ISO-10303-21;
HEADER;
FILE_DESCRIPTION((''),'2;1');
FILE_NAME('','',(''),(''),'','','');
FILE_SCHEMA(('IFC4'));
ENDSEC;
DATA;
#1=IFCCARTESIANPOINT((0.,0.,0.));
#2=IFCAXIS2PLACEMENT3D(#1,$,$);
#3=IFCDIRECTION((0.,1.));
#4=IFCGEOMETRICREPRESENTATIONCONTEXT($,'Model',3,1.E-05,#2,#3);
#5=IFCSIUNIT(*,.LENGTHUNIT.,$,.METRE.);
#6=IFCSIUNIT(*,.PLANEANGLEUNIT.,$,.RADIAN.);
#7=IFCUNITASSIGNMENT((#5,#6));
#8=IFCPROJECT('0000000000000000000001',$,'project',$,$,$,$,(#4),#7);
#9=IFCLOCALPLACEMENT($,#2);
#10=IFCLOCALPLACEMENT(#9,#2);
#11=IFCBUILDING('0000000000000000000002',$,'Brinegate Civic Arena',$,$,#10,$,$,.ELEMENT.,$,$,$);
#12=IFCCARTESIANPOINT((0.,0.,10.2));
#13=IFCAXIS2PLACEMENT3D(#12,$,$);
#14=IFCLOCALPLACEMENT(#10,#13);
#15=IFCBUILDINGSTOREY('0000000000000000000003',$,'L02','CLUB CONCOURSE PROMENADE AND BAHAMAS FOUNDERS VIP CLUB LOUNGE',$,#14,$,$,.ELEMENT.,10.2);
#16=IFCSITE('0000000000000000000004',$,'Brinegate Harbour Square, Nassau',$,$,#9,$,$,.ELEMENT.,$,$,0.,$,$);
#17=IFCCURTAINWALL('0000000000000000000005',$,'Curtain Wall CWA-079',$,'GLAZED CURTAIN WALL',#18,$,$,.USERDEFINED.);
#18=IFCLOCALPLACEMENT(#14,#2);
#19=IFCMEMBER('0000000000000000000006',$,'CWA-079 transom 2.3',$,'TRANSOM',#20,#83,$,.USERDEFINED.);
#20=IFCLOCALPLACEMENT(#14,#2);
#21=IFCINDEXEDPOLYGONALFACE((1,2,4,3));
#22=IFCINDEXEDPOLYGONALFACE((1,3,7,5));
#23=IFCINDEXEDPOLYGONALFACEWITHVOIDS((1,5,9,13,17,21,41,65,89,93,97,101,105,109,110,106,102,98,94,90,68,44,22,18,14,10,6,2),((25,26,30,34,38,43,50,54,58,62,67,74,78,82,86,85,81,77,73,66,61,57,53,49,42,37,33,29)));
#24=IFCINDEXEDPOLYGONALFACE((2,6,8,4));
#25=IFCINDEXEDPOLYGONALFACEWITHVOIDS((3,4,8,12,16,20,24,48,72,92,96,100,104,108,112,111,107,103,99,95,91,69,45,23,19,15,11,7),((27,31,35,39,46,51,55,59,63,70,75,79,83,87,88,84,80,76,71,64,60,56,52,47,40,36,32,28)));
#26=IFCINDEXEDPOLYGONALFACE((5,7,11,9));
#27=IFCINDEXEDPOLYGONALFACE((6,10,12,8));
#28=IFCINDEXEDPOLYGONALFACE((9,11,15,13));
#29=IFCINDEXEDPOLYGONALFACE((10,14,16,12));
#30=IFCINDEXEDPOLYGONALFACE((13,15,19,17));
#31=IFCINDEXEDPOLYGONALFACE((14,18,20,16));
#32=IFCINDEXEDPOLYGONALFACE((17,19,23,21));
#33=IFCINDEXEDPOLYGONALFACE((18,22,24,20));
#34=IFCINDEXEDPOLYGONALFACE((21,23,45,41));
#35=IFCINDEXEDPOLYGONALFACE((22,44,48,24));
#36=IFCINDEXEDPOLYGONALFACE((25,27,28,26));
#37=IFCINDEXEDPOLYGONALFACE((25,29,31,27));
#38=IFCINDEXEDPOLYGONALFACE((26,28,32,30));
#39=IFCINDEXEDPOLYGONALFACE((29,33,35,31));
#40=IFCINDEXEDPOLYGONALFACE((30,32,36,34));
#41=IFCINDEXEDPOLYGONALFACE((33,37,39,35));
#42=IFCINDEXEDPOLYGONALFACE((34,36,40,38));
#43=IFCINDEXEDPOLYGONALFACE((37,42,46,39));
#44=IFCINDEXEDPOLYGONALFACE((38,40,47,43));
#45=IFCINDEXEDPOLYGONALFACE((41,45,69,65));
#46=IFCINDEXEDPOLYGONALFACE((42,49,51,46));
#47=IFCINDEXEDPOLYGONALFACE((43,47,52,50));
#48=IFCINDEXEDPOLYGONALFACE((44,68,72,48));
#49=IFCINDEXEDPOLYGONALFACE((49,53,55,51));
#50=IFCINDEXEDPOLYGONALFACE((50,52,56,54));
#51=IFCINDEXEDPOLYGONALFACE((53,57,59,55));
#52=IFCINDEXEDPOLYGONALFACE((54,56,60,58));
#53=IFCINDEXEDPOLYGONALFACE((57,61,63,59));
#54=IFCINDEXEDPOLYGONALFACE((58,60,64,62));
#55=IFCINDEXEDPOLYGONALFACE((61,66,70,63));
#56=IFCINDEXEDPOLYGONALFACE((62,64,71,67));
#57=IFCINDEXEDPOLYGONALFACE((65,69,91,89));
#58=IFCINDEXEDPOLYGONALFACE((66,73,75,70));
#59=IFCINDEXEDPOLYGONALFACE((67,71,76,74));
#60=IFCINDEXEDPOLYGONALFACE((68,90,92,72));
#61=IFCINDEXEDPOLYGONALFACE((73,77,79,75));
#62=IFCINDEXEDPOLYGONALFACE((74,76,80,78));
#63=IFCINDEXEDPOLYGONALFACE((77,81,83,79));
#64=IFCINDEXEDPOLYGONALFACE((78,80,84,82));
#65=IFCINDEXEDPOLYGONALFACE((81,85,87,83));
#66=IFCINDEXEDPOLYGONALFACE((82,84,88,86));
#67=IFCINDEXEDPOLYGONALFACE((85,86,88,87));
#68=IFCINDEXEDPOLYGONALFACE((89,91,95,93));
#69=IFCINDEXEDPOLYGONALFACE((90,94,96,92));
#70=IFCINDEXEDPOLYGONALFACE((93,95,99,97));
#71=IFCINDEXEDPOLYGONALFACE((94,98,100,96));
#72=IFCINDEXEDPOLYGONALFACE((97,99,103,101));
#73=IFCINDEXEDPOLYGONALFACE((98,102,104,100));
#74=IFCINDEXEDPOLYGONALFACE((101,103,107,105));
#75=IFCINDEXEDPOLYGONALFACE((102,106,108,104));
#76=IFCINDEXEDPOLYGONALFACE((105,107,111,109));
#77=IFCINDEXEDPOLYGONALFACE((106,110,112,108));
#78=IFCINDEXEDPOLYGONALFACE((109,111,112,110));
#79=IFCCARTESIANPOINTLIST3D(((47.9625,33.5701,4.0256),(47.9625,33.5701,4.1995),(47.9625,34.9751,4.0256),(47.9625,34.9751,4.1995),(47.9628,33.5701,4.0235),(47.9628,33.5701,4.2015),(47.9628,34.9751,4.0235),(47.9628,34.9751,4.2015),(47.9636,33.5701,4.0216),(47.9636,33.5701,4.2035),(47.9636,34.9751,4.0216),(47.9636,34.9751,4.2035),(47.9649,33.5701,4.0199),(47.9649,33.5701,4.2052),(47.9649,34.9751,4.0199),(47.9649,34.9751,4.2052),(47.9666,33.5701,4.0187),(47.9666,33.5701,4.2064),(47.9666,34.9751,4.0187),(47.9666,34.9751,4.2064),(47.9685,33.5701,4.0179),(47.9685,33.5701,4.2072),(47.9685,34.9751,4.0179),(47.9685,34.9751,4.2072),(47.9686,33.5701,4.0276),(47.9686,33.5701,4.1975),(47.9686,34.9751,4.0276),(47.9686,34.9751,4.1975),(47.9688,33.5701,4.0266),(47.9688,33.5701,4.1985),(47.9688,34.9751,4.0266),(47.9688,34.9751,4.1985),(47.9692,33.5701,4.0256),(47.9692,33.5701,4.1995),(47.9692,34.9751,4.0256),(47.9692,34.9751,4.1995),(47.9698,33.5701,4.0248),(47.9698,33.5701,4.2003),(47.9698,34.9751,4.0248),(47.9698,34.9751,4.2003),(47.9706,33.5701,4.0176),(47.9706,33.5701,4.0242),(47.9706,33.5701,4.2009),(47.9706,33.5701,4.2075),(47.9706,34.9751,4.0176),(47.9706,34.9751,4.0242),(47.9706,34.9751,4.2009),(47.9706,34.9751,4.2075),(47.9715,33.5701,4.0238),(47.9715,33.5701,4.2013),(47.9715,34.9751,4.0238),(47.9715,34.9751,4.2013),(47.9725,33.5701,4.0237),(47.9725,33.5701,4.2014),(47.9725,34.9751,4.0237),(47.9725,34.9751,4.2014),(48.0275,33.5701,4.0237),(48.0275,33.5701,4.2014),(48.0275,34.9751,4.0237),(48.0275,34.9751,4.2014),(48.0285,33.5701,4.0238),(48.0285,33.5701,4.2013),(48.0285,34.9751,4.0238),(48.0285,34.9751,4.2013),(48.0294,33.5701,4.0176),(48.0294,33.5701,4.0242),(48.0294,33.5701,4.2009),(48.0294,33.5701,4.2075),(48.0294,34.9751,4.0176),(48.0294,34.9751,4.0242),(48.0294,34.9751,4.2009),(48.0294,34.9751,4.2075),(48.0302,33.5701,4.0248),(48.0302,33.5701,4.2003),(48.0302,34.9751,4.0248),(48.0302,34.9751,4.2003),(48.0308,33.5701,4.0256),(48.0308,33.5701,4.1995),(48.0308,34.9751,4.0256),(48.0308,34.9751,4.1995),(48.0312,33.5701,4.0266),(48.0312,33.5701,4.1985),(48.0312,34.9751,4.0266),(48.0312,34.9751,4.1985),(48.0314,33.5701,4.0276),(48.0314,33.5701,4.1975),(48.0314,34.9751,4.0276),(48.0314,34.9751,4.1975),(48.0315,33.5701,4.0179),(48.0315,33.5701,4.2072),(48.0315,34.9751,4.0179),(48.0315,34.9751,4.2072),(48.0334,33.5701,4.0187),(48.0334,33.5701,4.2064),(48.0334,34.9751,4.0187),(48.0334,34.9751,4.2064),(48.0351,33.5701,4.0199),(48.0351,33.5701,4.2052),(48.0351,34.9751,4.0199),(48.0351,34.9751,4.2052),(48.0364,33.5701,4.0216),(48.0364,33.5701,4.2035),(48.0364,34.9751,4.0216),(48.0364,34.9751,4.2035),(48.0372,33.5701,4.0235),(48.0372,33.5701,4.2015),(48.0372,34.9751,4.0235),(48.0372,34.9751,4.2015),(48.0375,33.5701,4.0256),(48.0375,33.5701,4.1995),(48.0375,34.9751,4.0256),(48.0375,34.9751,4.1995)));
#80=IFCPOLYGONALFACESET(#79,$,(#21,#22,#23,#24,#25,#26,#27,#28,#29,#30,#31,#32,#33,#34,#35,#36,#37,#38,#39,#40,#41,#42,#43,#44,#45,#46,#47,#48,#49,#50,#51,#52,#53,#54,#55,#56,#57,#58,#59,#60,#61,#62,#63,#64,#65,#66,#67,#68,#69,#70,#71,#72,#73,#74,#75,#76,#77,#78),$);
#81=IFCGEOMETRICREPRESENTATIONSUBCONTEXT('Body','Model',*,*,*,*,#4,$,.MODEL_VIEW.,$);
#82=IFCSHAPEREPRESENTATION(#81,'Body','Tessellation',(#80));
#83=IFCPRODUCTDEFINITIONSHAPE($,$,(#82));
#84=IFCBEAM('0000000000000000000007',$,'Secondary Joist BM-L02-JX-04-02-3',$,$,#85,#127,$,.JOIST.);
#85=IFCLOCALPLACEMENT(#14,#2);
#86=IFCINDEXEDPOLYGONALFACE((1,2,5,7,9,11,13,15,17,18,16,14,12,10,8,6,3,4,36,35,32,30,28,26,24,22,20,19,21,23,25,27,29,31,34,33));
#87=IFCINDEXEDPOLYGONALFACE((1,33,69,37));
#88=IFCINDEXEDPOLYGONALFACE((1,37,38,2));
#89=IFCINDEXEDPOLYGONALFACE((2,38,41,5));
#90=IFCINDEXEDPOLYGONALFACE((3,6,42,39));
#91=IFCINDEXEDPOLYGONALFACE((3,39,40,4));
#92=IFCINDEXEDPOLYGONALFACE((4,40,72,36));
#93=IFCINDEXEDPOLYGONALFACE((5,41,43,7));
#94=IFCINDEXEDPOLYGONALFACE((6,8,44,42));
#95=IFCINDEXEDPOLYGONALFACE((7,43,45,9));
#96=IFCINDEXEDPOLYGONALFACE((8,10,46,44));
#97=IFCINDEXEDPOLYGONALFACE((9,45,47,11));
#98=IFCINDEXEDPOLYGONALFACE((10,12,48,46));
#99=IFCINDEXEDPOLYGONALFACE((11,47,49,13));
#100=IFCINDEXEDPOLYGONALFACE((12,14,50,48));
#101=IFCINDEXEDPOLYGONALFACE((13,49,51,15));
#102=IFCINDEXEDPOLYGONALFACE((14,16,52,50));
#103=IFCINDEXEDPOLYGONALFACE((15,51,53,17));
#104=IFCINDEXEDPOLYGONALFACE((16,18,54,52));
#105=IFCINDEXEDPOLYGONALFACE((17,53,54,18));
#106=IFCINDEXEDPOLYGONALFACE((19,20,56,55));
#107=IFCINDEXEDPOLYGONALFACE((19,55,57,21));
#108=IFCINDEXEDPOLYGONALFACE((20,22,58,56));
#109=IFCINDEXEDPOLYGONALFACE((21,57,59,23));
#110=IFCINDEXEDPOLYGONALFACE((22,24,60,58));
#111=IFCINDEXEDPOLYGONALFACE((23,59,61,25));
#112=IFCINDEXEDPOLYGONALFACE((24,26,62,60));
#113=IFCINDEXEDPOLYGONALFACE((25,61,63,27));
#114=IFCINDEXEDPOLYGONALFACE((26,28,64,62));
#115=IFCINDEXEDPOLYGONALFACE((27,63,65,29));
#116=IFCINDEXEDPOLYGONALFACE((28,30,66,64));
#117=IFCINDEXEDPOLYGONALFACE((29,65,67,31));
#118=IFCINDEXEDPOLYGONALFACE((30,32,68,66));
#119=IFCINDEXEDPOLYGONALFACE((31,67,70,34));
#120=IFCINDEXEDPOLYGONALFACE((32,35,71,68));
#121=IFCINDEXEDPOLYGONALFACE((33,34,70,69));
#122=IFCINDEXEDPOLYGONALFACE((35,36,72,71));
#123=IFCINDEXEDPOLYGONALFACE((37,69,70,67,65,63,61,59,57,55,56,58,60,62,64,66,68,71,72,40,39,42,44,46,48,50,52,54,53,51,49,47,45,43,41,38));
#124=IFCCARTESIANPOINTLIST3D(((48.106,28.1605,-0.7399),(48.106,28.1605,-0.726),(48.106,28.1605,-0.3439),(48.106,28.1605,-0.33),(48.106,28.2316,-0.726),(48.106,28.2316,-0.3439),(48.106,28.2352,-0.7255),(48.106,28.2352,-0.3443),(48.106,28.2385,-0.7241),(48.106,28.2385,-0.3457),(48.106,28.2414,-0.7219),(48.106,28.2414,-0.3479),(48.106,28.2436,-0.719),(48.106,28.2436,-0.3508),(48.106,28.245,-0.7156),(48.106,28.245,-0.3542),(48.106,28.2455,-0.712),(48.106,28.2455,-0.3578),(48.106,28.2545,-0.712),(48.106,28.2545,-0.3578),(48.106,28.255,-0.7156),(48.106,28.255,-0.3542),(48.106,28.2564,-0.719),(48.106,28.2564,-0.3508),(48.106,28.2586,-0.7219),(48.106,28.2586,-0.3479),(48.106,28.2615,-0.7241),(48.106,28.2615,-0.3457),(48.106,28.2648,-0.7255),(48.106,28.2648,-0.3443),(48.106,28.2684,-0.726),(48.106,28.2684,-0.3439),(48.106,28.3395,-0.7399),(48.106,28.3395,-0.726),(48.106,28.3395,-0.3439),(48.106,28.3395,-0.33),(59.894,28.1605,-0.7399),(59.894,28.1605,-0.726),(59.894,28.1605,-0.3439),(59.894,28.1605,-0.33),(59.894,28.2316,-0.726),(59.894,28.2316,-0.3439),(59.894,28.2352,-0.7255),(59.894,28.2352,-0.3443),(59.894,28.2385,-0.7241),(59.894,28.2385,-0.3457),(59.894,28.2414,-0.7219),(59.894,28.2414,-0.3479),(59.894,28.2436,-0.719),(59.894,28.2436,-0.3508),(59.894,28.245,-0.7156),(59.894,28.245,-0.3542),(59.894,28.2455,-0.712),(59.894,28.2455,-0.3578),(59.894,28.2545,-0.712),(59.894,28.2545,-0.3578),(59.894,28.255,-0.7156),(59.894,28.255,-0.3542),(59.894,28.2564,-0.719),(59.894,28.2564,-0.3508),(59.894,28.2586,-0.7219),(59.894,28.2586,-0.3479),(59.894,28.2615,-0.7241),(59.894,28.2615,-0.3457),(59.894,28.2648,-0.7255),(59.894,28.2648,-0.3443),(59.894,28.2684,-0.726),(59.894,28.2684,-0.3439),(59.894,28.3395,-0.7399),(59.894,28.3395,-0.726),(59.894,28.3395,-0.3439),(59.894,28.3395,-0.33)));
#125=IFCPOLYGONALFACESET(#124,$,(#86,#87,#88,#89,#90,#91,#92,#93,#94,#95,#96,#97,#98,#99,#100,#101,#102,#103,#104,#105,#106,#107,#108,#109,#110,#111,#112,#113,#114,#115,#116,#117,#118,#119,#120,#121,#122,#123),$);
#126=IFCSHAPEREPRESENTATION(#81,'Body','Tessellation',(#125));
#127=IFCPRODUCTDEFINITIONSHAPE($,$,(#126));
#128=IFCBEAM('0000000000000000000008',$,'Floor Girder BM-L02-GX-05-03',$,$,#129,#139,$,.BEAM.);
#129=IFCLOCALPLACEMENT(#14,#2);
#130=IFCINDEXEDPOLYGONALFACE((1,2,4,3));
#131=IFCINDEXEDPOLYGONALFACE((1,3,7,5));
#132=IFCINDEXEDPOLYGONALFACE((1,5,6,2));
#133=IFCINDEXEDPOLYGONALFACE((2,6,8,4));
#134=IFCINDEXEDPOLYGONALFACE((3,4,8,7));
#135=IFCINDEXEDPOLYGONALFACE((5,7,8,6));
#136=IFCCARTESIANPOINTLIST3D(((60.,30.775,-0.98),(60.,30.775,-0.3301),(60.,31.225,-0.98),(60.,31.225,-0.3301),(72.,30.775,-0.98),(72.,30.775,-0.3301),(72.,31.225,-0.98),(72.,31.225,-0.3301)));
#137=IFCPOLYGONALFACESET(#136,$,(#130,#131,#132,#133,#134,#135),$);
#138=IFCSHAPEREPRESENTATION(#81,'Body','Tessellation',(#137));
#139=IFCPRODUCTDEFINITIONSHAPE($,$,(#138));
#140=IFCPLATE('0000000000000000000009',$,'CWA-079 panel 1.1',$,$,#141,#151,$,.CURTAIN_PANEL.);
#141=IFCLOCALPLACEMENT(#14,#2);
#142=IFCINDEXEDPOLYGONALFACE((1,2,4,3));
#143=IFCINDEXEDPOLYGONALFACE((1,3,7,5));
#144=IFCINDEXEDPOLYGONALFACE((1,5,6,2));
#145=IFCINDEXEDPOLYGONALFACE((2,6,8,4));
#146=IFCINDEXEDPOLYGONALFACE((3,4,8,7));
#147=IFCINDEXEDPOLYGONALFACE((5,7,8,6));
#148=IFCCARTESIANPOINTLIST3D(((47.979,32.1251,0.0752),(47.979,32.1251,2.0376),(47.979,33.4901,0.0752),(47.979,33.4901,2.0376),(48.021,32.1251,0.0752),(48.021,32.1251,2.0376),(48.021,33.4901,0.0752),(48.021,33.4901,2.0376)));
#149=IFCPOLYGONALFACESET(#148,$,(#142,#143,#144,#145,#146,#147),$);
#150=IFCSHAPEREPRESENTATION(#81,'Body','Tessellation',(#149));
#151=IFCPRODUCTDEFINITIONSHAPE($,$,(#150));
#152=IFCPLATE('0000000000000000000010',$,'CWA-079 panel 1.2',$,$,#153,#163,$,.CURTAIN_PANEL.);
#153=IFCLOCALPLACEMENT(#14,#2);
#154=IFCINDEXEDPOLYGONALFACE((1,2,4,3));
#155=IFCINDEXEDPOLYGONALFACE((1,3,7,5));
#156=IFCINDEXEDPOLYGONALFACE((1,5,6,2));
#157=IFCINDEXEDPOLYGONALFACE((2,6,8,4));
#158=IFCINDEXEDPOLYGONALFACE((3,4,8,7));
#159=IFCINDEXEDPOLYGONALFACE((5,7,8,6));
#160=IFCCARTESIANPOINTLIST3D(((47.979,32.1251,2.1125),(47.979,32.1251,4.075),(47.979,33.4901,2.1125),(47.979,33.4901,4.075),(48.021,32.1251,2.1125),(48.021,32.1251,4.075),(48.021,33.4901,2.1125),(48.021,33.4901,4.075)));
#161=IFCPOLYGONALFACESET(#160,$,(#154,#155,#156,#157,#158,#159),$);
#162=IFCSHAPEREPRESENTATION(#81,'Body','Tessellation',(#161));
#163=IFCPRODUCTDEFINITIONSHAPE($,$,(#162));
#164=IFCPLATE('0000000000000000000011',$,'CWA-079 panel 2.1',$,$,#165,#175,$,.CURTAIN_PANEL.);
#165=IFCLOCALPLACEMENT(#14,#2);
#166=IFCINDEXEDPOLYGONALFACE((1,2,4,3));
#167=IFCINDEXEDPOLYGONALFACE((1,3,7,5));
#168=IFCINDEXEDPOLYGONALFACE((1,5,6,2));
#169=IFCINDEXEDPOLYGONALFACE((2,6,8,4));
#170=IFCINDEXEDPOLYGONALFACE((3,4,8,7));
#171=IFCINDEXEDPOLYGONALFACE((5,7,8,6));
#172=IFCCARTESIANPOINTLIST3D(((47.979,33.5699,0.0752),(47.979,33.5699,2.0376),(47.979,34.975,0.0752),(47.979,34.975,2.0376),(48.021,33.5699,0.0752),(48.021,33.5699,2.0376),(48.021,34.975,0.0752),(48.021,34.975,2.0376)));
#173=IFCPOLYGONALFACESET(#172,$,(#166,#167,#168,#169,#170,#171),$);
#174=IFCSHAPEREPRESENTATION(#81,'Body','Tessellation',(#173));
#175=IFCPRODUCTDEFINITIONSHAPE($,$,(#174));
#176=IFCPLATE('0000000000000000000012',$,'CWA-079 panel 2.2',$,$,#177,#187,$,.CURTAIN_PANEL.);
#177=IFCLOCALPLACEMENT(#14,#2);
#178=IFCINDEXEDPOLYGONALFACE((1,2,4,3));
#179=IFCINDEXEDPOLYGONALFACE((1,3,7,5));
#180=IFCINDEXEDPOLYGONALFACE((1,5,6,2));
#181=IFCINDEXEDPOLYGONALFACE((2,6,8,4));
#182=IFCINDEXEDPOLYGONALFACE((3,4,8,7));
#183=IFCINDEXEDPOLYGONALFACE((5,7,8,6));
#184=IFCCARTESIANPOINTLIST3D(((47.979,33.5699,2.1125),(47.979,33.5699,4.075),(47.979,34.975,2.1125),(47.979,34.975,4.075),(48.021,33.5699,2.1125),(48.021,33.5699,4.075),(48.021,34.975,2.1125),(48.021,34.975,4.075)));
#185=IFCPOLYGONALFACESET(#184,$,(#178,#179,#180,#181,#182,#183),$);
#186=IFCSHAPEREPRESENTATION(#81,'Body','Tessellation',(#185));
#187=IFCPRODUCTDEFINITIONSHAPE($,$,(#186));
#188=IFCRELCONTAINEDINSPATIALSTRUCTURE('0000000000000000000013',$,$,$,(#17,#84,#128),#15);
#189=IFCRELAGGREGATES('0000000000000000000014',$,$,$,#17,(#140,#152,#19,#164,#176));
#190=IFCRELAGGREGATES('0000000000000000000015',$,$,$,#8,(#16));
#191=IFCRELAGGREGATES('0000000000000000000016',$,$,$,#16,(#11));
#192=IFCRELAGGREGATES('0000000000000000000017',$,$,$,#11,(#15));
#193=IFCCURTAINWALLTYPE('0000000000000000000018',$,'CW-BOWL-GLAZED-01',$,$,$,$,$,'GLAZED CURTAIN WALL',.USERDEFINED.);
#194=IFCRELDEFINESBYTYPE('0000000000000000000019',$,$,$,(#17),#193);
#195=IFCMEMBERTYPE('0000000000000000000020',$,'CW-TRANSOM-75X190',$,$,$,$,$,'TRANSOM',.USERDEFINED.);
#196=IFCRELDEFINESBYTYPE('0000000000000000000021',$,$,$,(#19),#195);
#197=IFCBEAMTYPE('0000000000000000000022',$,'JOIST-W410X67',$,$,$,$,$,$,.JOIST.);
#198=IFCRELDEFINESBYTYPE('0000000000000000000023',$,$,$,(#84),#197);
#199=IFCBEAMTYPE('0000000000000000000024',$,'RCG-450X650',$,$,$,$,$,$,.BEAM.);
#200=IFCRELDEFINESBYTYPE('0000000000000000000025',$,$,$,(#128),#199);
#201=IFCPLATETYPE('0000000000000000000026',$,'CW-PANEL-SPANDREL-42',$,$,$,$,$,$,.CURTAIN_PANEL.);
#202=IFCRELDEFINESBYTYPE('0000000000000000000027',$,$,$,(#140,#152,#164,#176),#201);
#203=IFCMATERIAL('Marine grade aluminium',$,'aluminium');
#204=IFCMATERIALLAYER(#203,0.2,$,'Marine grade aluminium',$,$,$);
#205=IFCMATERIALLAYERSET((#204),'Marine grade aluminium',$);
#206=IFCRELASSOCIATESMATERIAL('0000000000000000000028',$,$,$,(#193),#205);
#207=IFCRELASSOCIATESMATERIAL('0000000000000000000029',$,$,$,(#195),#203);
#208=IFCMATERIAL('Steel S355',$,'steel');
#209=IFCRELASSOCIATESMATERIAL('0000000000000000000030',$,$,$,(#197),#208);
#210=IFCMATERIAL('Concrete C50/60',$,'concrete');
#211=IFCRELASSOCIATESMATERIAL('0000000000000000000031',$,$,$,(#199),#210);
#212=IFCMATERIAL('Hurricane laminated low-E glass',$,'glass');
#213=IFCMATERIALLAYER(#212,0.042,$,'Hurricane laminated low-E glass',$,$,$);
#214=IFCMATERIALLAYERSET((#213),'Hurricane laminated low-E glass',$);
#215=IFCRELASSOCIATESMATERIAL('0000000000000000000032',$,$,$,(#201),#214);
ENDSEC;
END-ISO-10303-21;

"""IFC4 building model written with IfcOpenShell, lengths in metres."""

from ifc_helpers import new_model, si_unit, direction, frame, origin, origin_2d, place, context, subcontext, project, spatial, rectangle, hollow_rectangle, i_section, extrude, material, layer, layer_set, material_profile, profile_set, type_object, element, aggregate, save


model = new_model("IFC4")

# Units and contexts
model_context = context("Model", 3, precision=1e-05, world=origin(), true_north=direction((0.0, 1.0)))
body_context = subcontext(model_context, "Body", "Model", "MODEL_VIEW")
ifc_project = project(units=[si_unit("LENGTHUNIT", "METRE"), si_unit("PLANEANGLEUNIT", "RADIAN")], contexts=[model_context])

# Site, building, storey
site_placement = place(None, origin())
site = spatial("IfcSite", under=ifc_project, at=site_placement, Name="Brinegate Harbour Square, Nassau", CompositionType="ELEMENT", RefElevation=0.0)
building_placement = place(site_placement, origin())
building = spatial("IfcBuilding", under=site, at=building_placement, Name="Brinegate Civic Arena", CompositionType="ELEMENT")
storey_placement = place(building_placement, frame((0.0, 0.0, 10.2)))
storey = spatial("IfcBuildingStorey", under=building, at=storey_placement, Name="L02", Description="CLUB CONCOURSE PROMENADE AND BAHAMAS FOUNDERS VIP CLUB LOUNGE", CompositionType="ELEMENT", Elevation=10.2)

# Shared definitions
ifc_material_1 = material(Name="Concrete C50/60", Category="concrete")

# Curtain wall, member
ifc_material_2 = material(Name="Marine grade aluminium", Category="aluminium")
ifc_layer_1 = layer(ifc_material_2, 0.2, Name="Marine grade aluminium")
ifc_layer_set_1 = layer_set([ifc_layer_1], Name="Marine grade aluminium")
curtain_wall_type = type_object("IfcCurtainWallType", Name="CW-BOWL-GLAZED-01", ElementType="GLAZED CURTAIN WALL", PredefinedType="USERDEFINED", material=ifc_layer_set_1)
curtain_wall_placement = place(storey_placement, origin())
curtain_wall = element("IfcCurtainWall", 1, at=curtain_wall_placement, inside=storey, type_object=curtain_wall_type, Name="Curtain Wall CWA-079", ObjectType="GLAZED CURTAIN WALL", PredefinedType="USERDEFINED")
ifc_material_profile_1 = material_profile(ifc_material_2, hollow_rectangle(XDim=0.075, YDim=0.1899, WallThickness=0.0061, InnerFilletRadius=0.0039, OuterFilletRadius=0.0081, at=origin_2d()), Name="TRN75X190")
ifc_profile_set_1 = profile_set([ifc_material_profile_1], Name="Marine grade aluminium")
member_type_1 = type_object("IfcMemberType", Name="CW-TRANSOM-75X190", ElementType="TRANSOM", PredefinedType="USERDEFINED", material=ifc_profile_set_1)
member_1_placement = place(storey_placement, frame((48.0, 33.5701, 4.1125), z_axis=(0.0, 1.0, 0.0), x_axis=(-1.0, 0.0, 0.0)))
member_1 = element("IfcMember", 2, at=member_1_placement, type_object=member_type_1, Name="CWA-079 transom 2.3", ObjectType="TRANSOM", PredefinedType="USERDEFINED", context=body_context, shape_type="SweptSolid", body=[
    extrude(hollow_rectangle(XDim=0.075, YDim=0.1899, WallThickness=0.0061, InnerFilletRadius=0.0039, OuterFilletRadius=0.0081, at=origin_2d()), origin(), (0.0, 0.0, 1.0), 1.405),
])

# Beams
ifc_material_3 = material(Name="Steel S355", Category="steel")
ifc_material_profile_2 = material_profile(ifc_material_3, i_section(OverallWidth=0.179, OverallDepth=0.4099, WebThickness=0.009, FlangeThickness=0.0139, FilletRadius=0.0139, at=origin_2d()), Name="W410X67")
ifc_profile_set_2 = profile_set([ifc_material_profile_2], Name="Steel S355")
beam_type_1 = type_object("IfcBeamType", Name="JOIST-W410X67", PredefinedType="JOIST", material=ifc_profile_set_2)
beam_1_placement = place(storey_placement, frame((48.106, 28.25, -0.5349), z_axis=(1.0, 0.0, 0.0), x_axis=(0.0, 1.0, 0.0)))
element("IfcBeam", 3, at=beam_1_placement, inside=storey, type_object=beam_type_1, Name="Secondary Joist BM-L02-JX-04-02-3", PredefinedType="JOIST", context=body_context, shape_type="SweptSolid", body=[
    extrude(i_section(OverallWidth=0.179, OverallDepth=0.4099, WebThickness=0.009, FlangeThickness=0.0139, FilletRadius=0.0139, at=origin_2d()), origin(), (0.0, 0.0, 1.0), 11.7881),
])
ifc_material_profile_3 = material_profile(ifc_material_1, rectangle(XDim=0.45, YDim=0.6499, at=origin_2d()), Name="RCB450X650")
ifc_profile_set_3 = profile_set([ifc_material_profile_3], Name="Concrete C50/60")
beam_type_2 = type_object("IfcBeamType", Name="RCG-450X650", PredefinedType="BEAM", material=ifc_profile_set_3)
beam_2_placement = place(storey_placement, frame((60.0, 31.0, -0.655), z_axis=(1.0, 0.0, 0.0), x_axis=(0.0, 1.0, 0.0)))
element("IfcBeam", 4, at=beam_2_placement, inside=storey, type_object=beam_type_2, Name="Floor Girder BM-L02-GX-05-03", PredefinedType="BEAM", context=body_context, shape_type="SweptSolid", body=[
    extrude(rectangle(XDim=0.45, YDim=0.6499, at=origin_2d()), origin(), (0.0, 0.0, 1.0), 12.0),
])

# Plates
ifc_material_4 = material(Name="Hurricane laminated low-E glass", Category="glass")
ifc_layer_2 = layer(ifc_material_4, 0.042, Name="Hurricane laminated low-E glass")
ifc_layer_set_2 = layer_set([ifc_layer_2], Name="Hurricane laminated low-E glass")
plate_type = type_object("IfcPlateType", Name="CW-PANEL-SPANDREL-42", PredefinedType="CURTAIN_PANEL", material=ifc_layer_set_2)
plate_1_placement = place(storey_placement, frame((48.0, 32.8076, 0.0752), z_axis=(0.0, 0.0, 1.0), x_axis=(0.0, 1.0, 0.0)))
plate_1 = element("IfcPlate", 5, at=plate_1_placement, type_object=plate_type, Name="CWA-079 panel 1.1", PredefinedType="CURTAIN_PANEL", context=body_context, shape_type="SweptSolid", body=[
    extrude(rectangle(XDim=1.365, YDim=0.042, at=origin_2d()), origin(), (0.0, 0.0, 1.0), 1.9624),
])
plate_2_placement = place(storey_placement, frame((48.0, 32.8076, 2.1125), z_axis=(0.0, 0.0, 1.0), x_axis=(0.0, 1.0, 0.0)))
plate_2 = element("IfcPlate", 6, at=plate_2_placement, type_object=plate_type, Name="CWA-079 panel 1.2", PredefinedType="CURTAIN_PANEL", context=body_context, shape_type="SweptSolid", body=[
    extrude(rectangle(XDim=1.365, YDim=0.042, at=origin_2d()), origin(), (0.0, 0.0, 1.0), 1.9624),
])
plate_3_placement = place(storey_placement, frame((48.0, 34.2725, 0.0752), z_axis=(0.0, 0.0, 1.0), x_axis=(0.0, 1.0, 0.0)))
plate_3 = element("IfcPlate", 7, at=plate_3_placement, type_object=plate_type, Name="CWA-079 panel 2.1", PredefinedType="CURTAIN_PANEL", context=body_context, shape_type="SweptSolid", body=[
    extrude(rectangle(XDim=1.405, YDim=0.042, at=origin_2d()), origin(), (0.0, 0.0, 1.0), 1.9624),
])
plate_4_placement = place(storey_placement, frame((48.0, 34.2725, 2.1125), z_axis=(0.0, 0.0, 1.0), x_axis=(0.0, 1.0, 0.0)))
plate_4 = element("IfcPlate", 8, at=plate_4_placement, type_object=plate_type, Name="CWA-079 panel 2.2", PredefinedType="CURTAIN_PANEL", context=body_context, shape_type="SweptSolid", body=[
    extrude(rectangle(XDim=1.405, YDim=0.042, at=origin_2d()), origin(), (0.0, 0.0, 1.0), 1.9624),
])
aggregate(curtain_wall, [plate_1, plate_2, member_1, plate_3, plate_4])

save(model, "model.ifc")
